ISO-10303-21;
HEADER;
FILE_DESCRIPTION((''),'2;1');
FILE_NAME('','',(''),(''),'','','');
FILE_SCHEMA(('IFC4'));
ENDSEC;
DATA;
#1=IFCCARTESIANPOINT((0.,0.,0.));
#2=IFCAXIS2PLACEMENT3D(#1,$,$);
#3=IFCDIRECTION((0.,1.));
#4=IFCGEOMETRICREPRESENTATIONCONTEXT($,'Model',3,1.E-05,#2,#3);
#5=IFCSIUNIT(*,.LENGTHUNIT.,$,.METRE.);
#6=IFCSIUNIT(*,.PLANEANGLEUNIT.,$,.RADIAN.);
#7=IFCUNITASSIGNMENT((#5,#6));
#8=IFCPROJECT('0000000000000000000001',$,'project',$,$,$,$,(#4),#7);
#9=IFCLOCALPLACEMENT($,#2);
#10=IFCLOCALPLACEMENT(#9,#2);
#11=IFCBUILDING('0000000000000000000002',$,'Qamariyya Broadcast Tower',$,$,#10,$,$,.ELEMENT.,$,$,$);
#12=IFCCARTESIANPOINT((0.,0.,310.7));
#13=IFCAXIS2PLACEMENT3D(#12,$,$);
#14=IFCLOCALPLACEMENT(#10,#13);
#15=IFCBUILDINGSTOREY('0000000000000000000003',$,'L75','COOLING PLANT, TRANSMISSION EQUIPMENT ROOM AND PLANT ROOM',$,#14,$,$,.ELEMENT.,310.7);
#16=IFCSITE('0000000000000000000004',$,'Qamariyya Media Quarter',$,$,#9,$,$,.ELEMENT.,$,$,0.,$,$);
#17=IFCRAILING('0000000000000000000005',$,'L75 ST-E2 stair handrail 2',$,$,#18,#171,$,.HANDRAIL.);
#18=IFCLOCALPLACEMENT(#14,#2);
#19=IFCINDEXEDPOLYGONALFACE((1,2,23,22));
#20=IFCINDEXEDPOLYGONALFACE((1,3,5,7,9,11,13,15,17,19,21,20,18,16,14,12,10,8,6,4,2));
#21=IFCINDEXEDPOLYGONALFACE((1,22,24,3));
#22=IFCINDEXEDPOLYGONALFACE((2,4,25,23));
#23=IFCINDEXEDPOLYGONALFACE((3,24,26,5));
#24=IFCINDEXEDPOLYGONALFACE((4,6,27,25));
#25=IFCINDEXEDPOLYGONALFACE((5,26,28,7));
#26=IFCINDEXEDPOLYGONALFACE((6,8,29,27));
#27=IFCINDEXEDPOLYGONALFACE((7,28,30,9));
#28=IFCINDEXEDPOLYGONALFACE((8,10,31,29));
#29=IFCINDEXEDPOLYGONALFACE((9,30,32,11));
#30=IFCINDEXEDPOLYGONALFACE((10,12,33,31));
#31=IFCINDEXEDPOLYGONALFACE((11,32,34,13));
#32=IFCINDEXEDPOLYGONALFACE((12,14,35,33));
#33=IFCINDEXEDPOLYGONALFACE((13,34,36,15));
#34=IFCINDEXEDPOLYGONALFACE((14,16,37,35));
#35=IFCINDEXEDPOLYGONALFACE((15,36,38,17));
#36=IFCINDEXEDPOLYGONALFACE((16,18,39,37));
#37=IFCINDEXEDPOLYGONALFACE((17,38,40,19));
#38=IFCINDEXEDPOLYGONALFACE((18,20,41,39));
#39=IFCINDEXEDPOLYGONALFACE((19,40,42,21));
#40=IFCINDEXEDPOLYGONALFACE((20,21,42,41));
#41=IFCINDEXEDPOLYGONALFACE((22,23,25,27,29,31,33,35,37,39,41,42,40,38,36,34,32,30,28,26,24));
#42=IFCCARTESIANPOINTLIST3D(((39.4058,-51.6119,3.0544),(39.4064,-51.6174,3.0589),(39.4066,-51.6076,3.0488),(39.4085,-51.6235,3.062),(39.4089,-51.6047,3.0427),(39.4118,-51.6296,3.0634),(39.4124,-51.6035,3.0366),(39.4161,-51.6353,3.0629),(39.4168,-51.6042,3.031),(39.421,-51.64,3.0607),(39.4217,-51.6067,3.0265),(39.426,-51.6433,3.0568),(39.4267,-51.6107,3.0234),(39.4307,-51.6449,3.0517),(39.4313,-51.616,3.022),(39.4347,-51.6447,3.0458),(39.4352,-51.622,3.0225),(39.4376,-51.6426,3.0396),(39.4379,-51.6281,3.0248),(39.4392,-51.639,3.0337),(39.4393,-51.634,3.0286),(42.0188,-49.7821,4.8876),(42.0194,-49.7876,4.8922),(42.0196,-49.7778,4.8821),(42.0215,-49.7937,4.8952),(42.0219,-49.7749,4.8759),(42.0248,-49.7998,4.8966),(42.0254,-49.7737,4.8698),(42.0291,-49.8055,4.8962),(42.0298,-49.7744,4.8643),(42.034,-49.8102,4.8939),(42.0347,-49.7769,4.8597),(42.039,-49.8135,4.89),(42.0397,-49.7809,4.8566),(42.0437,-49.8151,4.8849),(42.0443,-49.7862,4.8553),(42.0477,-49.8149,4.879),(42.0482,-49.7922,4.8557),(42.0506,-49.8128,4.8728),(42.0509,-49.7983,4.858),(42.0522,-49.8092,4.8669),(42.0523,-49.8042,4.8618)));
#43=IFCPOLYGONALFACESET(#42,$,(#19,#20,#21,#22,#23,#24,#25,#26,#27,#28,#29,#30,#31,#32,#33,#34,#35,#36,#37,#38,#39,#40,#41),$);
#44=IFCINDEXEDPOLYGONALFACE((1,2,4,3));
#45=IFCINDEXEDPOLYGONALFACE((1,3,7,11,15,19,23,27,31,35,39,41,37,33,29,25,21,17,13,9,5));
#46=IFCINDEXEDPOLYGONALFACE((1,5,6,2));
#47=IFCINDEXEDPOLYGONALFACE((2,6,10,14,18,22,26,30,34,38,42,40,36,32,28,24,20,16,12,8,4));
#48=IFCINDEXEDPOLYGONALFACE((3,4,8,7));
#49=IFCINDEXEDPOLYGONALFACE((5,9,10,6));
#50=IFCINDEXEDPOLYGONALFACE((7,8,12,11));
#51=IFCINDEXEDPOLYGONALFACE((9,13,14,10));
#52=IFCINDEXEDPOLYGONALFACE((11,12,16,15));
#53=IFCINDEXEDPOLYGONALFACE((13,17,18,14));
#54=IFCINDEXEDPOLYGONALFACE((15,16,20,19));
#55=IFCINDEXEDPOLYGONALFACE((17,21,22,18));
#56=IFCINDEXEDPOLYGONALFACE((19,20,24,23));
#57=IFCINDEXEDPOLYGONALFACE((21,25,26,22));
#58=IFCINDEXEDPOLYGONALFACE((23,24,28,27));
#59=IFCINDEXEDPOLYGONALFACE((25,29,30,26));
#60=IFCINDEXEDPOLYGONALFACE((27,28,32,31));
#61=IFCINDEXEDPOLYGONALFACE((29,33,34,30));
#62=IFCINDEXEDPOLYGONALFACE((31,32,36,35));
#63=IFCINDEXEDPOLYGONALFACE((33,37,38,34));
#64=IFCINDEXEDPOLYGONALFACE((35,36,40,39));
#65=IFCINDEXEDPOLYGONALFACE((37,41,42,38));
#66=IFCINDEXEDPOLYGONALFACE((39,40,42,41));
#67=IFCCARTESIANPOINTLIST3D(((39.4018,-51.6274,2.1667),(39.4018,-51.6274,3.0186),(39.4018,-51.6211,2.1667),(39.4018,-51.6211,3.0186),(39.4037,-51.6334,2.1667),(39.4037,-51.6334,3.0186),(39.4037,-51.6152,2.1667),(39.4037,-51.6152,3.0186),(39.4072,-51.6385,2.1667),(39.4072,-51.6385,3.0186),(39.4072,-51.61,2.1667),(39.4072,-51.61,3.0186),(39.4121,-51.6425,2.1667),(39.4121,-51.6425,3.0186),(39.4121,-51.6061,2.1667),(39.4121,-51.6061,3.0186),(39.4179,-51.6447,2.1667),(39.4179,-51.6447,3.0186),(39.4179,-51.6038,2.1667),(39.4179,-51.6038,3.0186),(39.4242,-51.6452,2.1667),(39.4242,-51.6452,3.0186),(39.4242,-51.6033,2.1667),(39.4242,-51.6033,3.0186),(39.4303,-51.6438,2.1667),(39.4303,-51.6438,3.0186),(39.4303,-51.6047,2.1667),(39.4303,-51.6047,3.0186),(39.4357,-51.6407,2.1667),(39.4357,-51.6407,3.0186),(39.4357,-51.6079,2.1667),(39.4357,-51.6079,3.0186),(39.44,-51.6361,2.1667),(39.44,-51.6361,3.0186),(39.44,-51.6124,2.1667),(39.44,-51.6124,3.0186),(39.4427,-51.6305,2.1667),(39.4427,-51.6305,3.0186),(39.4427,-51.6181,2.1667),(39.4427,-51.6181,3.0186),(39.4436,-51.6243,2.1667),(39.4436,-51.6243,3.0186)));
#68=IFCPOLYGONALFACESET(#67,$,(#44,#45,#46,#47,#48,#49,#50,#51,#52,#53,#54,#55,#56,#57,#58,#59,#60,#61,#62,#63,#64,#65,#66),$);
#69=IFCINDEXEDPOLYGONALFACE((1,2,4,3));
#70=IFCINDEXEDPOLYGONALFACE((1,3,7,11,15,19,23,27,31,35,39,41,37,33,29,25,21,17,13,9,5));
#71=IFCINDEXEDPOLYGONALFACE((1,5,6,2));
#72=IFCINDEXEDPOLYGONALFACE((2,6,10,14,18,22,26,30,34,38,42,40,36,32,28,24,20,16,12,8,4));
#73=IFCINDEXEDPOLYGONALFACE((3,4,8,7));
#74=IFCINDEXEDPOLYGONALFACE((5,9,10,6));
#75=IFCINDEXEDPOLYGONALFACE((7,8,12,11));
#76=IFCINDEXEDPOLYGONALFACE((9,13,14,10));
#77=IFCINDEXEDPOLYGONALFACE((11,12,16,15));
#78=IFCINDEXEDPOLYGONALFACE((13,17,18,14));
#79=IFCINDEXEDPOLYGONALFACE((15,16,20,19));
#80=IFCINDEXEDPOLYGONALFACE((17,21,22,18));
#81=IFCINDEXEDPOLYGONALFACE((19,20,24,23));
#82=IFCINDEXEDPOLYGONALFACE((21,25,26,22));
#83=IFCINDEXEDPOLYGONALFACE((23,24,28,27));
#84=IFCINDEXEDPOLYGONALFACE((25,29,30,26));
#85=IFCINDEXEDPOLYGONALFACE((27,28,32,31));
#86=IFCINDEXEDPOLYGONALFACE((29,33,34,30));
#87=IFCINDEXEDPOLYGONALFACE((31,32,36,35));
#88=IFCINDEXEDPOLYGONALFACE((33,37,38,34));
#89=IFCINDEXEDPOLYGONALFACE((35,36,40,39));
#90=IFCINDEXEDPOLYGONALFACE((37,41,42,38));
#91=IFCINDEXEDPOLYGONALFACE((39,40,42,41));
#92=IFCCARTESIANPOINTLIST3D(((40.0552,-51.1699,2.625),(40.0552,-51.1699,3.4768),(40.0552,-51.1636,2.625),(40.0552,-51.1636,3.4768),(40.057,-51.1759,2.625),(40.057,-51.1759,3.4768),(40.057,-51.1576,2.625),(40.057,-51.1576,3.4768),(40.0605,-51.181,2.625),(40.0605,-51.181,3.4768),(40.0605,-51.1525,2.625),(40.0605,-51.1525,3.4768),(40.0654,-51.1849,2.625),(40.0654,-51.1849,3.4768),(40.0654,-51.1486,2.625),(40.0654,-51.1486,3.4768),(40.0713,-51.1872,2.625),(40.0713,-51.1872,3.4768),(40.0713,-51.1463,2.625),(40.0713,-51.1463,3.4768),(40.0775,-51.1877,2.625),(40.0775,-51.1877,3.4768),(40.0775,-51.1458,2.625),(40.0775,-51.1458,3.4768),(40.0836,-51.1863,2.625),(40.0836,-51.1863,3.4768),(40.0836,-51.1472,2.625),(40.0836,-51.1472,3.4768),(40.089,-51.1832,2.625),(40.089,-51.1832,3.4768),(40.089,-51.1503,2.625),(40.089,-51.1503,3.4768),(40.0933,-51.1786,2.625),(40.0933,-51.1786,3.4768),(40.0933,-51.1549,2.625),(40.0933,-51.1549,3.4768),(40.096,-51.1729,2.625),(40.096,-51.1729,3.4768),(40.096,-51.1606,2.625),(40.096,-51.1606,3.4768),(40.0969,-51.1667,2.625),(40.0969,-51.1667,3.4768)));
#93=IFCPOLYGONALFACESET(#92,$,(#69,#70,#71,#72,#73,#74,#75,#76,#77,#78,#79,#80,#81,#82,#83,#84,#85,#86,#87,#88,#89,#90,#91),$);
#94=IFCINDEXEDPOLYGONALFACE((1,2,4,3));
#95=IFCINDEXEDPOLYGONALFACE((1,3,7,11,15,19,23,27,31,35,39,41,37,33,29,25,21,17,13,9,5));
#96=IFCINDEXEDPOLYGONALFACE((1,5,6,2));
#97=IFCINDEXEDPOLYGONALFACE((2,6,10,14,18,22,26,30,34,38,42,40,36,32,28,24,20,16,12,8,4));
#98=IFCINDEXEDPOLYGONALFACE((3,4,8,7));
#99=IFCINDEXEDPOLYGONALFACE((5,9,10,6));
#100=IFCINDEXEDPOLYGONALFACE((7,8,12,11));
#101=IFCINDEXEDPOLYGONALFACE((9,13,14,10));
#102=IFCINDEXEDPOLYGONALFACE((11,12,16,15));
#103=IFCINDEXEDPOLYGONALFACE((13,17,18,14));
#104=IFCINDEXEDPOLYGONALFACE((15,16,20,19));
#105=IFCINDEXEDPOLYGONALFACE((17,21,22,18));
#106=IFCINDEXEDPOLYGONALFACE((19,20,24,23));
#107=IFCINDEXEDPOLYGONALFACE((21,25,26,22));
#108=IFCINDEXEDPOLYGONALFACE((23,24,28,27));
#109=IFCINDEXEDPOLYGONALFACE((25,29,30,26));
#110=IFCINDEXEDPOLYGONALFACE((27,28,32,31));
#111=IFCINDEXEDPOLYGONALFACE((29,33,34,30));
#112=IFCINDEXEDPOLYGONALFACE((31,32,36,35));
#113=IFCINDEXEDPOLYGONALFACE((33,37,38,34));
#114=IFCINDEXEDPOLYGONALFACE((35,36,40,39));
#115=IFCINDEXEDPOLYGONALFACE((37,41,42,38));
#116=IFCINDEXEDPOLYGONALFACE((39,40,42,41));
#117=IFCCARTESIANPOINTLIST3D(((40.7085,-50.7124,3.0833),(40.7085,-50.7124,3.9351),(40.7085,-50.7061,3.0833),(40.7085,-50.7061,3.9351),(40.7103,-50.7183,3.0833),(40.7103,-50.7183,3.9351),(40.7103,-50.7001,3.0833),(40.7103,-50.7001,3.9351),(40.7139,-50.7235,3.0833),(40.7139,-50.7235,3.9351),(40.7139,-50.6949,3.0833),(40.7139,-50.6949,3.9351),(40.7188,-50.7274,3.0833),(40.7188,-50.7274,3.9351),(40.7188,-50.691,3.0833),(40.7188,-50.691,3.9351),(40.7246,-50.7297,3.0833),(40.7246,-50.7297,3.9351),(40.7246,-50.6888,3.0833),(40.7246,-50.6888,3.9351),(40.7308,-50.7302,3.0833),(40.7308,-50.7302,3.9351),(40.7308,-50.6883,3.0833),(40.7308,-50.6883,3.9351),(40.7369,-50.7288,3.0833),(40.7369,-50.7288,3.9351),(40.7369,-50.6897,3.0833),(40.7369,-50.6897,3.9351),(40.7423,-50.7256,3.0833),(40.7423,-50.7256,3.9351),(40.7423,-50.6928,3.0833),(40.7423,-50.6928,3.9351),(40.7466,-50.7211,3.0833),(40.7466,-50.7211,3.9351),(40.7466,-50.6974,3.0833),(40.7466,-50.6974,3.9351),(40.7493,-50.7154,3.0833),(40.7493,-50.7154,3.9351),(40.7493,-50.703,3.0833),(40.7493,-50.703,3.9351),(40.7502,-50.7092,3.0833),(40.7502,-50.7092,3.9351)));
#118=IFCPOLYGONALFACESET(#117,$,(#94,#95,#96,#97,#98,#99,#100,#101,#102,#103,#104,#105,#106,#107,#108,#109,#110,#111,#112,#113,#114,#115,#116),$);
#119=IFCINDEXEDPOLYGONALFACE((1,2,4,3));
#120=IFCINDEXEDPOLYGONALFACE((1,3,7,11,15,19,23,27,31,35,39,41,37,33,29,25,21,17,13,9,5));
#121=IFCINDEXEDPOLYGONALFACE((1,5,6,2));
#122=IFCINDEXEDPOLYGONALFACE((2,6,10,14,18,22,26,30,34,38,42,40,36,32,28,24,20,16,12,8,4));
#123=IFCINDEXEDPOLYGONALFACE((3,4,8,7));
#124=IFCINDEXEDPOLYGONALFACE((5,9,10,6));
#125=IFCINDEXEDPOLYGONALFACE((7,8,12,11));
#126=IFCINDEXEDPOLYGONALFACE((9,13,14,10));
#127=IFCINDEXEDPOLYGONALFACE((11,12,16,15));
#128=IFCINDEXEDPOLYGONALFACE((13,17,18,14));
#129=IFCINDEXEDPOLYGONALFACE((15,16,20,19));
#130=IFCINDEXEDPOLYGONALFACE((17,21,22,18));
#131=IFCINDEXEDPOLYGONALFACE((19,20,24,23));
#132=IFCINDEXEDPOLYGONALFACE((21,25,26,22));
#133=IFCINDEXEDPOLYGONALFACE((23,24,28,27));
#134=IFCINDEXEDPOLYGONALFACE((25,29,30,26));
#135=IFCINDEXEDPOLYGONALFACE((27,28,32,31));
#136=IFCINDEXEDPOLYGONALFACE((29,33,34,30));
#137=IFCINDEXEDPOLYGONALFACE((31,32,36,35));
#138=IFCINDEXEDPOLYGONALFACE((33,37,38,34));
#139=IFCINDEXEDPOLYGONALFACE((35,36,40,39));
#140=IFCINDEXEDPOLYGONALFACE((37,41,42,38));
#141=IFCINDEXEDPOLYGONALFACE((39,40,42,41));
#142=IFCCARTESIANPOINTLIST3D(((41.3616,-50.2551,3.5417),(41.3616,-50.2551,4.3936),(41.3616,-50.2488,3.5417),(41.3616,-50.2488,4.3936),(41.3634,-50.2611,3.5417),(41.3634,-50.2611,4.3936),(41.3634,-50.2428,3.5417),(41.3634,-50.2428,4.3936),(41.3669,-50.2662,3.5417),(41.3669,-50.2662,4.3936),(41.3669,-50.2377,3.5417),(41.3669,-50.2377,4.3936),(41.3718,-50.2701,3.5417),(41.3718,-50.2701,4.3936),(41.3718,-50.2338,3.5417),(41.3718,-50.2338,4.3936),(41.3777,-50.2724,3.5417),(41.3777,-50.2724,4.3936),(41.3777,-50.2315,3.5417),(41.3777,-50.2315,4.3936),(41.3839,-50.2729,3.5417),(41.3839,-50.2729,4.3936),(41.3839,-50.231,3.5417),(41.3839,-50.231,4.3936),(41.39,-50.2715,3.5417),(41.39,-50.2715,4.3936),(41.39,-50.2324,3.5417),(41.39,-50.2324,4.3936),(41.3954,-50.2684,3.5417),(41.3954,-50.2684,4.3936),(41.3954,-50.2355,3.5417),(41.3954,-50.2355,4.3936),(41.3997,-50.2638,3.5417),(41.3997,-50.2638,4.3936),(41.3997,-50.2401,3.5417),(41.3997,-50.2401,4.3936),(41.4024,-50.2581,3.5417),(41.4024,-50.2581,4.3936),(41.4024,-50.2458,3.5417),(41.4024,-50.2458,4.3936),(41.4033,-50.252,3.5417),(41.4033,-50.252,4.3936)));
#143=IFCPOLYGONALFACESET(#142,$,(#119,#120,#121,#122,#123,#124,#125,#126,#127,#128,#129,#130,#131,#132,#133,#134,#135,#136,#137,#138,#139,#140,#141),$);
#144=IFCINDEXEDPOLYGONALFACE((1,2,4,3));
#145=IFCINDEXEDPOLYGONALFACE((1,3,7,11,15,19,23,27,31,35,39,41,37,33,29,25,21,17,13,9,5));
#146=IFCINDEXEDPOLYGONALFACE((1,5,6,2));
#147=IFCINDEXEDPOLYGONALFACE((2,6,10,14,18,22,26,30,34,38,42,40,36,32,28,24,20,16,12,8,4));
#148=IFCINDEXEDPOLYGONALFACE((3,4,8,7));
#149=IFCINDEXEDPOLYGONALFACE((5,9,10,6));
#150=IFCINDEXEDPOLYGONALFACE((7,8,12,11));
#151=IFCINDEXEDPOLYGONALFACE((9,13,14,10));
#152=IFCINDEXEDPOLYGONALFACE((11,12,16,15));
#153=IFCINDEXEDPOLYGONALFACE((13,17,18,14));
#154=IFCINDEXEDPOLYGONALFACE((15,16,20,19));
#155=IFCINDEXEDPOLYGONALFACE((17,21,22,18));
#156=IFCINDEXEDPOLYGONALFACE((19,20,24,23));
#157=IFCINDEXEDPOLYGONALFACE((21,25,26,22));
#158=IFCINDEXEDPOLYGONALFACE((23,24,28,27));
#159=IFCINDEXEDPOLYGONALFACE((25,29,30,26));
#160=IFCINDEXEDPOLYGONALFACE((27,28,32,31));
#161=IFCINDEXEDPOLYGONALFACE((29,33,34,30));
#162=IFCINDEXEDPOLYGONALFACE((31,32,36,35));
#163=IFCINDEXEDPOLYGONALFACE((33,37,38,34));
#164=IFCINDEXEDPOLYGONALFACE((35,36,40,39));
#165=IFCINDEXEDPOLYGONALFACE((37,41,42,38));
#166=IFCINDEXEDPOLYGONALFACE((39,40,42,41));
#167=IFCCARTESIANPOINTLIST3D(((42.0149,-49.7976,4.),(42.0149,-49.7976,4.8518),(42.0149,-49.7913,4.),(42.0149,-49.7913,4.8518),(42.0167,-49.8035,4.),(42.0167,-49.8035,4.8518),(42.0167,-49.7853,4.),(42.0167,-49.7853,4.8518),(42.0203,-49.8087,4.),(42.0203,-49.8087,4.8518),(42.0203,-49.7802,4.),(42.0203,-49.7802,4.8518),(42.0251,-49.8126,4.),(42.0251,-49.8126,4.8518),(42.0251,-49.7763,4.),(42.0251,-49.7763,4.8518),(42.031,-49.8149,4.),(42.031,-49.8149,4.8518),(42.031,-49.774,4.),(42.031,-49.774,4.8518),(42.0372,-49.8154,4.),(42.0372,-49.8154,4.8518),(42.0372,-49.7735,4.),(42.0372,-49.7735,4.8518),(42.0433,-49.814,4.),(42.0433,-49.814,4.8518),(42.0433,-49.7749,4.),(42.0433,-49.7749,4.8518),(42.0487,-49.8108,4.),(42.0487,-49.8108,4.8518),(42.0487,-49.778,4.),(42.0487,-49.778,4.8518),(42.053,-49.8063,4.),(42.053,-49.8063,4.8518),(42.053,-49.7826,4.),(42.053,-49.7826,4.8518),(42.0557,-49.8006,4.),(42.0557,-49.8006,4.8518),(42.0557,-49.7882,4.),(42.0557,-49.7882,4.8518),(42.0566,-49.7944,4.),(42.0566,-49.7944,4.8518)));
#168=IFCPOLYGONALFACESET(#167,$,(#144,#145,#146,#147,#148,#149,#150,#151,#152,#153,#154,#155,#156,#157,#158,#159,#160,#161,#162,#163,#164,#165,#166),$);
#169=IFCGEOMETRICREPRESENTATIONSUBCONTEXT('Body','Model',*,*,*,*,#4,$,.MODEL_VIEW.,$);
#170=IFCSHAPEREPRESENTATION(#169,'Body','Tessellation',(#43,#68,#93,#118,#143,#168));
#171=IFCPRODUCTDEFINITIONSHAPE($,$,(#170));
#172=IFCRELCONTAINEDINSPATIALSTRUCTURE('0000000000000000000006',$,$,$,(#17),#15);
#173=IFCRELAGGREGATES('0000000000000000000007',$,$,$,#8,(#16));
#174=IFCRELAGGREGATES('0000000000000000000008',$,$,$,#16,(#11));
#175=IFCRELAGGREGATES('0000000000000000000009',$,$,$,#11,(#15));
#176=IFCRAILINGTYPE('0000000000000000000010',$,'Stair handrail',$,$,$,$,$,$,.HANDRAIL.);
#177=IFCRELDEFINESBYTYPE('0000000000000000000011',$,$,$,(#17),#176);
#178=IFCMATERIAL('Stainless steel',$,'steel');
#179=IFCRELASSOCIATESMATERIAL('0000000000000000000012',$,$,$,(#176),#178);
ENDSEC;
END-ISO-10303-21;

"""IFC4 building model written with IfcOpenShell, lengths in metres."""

from ifc_helpers import new_model, si_unit, direction, frame, origin, origin_2d, place, context, subcontext, project, spatial, circle, extrude, material, type_object, element, save


model = new_model("IFC4")

# Units and contexts
model_context = context("Model", 3, precision=1e-05, world=origin(), true_north=direction((0.0, 1.0)))
body_context = subcontext(model_context, "Body", "Model", "MODEL_VIEW")
ifc_project = project(units=[si_unit("LENGTHUNIT", "METRE"), si_unit("PLANEANGLEUNIT", "RADIAN")], contexts=[model_context])

# Site, building, storey
site_placement = place(None, origin())
site = spatial("IfcSite", under=ifc_project, at=site_placement, Name="Qamariyya Media Quarter", CompositionType="ELEMENT", RefElevation=0.0)
building_placement = place(site_placement, origin())
building = spatial("IfcBuilding", under=site, at=building_placement, Name="Qamariyya Broadcast Tower", CompositionType="ELEMENT")
storey_placement = place(building_placement, frame((0.0, 0.0, 310.7)))
storey = spatial("IfcBuildingStorey", under=building, at=storey_placement, Name="L75", Description="COOLING PLANT, TRANSMISSION EQUIPMENT ROOM AND PLANT ROOM", CompositionType="ELEMENT", Elevation=310.7)

# Railing
ifc_material_1 = material(Name="Stainless steel", Category="steel")
railing_type_1 = type_object("IfcRailingType", Name="Stair handrail", PredefinedType="HANDRAIL", material=ifc_material_1)
railing_1_placement = place(storey_placement, frame((39.4226, -51.6243, 2.1667)))
element("IfcRailing", 1, at=railing_1_placement, inside=storey, type_object=railing_type_1, Name="L75 ST-E2 stair handrail 2", PredefinedType="HANDRAIL", context=body_context, shape_type="SweptSolid", body=[
    extrude(circle(Radius=0.0239, at=origin_2d()), frame((0.0, 0.0, 0.876), z_axis=(0.710204, 0.497335, 0.498264), x_axis=(-0.573611, 0.819128, 0.0)), (0.0, 0.0, 1.0), 3.6792),
    extrude(circle(Radius=0.021, at=origin_2d()), origin(), (0.0, 0.0, 1.0), 0.8518),
    extrude(circle(Radius=0.021, at=origin_2d()), frame((0.6533, 0.4575, 0.4583)), (0.0, 0.0, 1.0), 0.8518),
    extrude(circle(Radius=0.021, at=origin_2d()), frame((1.3066, 0.915, 0.9165)), (0.0, 0.0, 1.0), 0.8518),
    extrude(circle(Radius=0.021, at=origin_2d()), frame((1.9597, 1.3723, 1.375)), (0.0, 0.0, 1.0), 0.8518),
    extrude(circle(Radius=0.021, at=origin_2d()), frame((2.613, 1.8298, 1.8333)), (0.0, 0.0, 1.0), 0.8518),
])

save(model, "model.ifc")
